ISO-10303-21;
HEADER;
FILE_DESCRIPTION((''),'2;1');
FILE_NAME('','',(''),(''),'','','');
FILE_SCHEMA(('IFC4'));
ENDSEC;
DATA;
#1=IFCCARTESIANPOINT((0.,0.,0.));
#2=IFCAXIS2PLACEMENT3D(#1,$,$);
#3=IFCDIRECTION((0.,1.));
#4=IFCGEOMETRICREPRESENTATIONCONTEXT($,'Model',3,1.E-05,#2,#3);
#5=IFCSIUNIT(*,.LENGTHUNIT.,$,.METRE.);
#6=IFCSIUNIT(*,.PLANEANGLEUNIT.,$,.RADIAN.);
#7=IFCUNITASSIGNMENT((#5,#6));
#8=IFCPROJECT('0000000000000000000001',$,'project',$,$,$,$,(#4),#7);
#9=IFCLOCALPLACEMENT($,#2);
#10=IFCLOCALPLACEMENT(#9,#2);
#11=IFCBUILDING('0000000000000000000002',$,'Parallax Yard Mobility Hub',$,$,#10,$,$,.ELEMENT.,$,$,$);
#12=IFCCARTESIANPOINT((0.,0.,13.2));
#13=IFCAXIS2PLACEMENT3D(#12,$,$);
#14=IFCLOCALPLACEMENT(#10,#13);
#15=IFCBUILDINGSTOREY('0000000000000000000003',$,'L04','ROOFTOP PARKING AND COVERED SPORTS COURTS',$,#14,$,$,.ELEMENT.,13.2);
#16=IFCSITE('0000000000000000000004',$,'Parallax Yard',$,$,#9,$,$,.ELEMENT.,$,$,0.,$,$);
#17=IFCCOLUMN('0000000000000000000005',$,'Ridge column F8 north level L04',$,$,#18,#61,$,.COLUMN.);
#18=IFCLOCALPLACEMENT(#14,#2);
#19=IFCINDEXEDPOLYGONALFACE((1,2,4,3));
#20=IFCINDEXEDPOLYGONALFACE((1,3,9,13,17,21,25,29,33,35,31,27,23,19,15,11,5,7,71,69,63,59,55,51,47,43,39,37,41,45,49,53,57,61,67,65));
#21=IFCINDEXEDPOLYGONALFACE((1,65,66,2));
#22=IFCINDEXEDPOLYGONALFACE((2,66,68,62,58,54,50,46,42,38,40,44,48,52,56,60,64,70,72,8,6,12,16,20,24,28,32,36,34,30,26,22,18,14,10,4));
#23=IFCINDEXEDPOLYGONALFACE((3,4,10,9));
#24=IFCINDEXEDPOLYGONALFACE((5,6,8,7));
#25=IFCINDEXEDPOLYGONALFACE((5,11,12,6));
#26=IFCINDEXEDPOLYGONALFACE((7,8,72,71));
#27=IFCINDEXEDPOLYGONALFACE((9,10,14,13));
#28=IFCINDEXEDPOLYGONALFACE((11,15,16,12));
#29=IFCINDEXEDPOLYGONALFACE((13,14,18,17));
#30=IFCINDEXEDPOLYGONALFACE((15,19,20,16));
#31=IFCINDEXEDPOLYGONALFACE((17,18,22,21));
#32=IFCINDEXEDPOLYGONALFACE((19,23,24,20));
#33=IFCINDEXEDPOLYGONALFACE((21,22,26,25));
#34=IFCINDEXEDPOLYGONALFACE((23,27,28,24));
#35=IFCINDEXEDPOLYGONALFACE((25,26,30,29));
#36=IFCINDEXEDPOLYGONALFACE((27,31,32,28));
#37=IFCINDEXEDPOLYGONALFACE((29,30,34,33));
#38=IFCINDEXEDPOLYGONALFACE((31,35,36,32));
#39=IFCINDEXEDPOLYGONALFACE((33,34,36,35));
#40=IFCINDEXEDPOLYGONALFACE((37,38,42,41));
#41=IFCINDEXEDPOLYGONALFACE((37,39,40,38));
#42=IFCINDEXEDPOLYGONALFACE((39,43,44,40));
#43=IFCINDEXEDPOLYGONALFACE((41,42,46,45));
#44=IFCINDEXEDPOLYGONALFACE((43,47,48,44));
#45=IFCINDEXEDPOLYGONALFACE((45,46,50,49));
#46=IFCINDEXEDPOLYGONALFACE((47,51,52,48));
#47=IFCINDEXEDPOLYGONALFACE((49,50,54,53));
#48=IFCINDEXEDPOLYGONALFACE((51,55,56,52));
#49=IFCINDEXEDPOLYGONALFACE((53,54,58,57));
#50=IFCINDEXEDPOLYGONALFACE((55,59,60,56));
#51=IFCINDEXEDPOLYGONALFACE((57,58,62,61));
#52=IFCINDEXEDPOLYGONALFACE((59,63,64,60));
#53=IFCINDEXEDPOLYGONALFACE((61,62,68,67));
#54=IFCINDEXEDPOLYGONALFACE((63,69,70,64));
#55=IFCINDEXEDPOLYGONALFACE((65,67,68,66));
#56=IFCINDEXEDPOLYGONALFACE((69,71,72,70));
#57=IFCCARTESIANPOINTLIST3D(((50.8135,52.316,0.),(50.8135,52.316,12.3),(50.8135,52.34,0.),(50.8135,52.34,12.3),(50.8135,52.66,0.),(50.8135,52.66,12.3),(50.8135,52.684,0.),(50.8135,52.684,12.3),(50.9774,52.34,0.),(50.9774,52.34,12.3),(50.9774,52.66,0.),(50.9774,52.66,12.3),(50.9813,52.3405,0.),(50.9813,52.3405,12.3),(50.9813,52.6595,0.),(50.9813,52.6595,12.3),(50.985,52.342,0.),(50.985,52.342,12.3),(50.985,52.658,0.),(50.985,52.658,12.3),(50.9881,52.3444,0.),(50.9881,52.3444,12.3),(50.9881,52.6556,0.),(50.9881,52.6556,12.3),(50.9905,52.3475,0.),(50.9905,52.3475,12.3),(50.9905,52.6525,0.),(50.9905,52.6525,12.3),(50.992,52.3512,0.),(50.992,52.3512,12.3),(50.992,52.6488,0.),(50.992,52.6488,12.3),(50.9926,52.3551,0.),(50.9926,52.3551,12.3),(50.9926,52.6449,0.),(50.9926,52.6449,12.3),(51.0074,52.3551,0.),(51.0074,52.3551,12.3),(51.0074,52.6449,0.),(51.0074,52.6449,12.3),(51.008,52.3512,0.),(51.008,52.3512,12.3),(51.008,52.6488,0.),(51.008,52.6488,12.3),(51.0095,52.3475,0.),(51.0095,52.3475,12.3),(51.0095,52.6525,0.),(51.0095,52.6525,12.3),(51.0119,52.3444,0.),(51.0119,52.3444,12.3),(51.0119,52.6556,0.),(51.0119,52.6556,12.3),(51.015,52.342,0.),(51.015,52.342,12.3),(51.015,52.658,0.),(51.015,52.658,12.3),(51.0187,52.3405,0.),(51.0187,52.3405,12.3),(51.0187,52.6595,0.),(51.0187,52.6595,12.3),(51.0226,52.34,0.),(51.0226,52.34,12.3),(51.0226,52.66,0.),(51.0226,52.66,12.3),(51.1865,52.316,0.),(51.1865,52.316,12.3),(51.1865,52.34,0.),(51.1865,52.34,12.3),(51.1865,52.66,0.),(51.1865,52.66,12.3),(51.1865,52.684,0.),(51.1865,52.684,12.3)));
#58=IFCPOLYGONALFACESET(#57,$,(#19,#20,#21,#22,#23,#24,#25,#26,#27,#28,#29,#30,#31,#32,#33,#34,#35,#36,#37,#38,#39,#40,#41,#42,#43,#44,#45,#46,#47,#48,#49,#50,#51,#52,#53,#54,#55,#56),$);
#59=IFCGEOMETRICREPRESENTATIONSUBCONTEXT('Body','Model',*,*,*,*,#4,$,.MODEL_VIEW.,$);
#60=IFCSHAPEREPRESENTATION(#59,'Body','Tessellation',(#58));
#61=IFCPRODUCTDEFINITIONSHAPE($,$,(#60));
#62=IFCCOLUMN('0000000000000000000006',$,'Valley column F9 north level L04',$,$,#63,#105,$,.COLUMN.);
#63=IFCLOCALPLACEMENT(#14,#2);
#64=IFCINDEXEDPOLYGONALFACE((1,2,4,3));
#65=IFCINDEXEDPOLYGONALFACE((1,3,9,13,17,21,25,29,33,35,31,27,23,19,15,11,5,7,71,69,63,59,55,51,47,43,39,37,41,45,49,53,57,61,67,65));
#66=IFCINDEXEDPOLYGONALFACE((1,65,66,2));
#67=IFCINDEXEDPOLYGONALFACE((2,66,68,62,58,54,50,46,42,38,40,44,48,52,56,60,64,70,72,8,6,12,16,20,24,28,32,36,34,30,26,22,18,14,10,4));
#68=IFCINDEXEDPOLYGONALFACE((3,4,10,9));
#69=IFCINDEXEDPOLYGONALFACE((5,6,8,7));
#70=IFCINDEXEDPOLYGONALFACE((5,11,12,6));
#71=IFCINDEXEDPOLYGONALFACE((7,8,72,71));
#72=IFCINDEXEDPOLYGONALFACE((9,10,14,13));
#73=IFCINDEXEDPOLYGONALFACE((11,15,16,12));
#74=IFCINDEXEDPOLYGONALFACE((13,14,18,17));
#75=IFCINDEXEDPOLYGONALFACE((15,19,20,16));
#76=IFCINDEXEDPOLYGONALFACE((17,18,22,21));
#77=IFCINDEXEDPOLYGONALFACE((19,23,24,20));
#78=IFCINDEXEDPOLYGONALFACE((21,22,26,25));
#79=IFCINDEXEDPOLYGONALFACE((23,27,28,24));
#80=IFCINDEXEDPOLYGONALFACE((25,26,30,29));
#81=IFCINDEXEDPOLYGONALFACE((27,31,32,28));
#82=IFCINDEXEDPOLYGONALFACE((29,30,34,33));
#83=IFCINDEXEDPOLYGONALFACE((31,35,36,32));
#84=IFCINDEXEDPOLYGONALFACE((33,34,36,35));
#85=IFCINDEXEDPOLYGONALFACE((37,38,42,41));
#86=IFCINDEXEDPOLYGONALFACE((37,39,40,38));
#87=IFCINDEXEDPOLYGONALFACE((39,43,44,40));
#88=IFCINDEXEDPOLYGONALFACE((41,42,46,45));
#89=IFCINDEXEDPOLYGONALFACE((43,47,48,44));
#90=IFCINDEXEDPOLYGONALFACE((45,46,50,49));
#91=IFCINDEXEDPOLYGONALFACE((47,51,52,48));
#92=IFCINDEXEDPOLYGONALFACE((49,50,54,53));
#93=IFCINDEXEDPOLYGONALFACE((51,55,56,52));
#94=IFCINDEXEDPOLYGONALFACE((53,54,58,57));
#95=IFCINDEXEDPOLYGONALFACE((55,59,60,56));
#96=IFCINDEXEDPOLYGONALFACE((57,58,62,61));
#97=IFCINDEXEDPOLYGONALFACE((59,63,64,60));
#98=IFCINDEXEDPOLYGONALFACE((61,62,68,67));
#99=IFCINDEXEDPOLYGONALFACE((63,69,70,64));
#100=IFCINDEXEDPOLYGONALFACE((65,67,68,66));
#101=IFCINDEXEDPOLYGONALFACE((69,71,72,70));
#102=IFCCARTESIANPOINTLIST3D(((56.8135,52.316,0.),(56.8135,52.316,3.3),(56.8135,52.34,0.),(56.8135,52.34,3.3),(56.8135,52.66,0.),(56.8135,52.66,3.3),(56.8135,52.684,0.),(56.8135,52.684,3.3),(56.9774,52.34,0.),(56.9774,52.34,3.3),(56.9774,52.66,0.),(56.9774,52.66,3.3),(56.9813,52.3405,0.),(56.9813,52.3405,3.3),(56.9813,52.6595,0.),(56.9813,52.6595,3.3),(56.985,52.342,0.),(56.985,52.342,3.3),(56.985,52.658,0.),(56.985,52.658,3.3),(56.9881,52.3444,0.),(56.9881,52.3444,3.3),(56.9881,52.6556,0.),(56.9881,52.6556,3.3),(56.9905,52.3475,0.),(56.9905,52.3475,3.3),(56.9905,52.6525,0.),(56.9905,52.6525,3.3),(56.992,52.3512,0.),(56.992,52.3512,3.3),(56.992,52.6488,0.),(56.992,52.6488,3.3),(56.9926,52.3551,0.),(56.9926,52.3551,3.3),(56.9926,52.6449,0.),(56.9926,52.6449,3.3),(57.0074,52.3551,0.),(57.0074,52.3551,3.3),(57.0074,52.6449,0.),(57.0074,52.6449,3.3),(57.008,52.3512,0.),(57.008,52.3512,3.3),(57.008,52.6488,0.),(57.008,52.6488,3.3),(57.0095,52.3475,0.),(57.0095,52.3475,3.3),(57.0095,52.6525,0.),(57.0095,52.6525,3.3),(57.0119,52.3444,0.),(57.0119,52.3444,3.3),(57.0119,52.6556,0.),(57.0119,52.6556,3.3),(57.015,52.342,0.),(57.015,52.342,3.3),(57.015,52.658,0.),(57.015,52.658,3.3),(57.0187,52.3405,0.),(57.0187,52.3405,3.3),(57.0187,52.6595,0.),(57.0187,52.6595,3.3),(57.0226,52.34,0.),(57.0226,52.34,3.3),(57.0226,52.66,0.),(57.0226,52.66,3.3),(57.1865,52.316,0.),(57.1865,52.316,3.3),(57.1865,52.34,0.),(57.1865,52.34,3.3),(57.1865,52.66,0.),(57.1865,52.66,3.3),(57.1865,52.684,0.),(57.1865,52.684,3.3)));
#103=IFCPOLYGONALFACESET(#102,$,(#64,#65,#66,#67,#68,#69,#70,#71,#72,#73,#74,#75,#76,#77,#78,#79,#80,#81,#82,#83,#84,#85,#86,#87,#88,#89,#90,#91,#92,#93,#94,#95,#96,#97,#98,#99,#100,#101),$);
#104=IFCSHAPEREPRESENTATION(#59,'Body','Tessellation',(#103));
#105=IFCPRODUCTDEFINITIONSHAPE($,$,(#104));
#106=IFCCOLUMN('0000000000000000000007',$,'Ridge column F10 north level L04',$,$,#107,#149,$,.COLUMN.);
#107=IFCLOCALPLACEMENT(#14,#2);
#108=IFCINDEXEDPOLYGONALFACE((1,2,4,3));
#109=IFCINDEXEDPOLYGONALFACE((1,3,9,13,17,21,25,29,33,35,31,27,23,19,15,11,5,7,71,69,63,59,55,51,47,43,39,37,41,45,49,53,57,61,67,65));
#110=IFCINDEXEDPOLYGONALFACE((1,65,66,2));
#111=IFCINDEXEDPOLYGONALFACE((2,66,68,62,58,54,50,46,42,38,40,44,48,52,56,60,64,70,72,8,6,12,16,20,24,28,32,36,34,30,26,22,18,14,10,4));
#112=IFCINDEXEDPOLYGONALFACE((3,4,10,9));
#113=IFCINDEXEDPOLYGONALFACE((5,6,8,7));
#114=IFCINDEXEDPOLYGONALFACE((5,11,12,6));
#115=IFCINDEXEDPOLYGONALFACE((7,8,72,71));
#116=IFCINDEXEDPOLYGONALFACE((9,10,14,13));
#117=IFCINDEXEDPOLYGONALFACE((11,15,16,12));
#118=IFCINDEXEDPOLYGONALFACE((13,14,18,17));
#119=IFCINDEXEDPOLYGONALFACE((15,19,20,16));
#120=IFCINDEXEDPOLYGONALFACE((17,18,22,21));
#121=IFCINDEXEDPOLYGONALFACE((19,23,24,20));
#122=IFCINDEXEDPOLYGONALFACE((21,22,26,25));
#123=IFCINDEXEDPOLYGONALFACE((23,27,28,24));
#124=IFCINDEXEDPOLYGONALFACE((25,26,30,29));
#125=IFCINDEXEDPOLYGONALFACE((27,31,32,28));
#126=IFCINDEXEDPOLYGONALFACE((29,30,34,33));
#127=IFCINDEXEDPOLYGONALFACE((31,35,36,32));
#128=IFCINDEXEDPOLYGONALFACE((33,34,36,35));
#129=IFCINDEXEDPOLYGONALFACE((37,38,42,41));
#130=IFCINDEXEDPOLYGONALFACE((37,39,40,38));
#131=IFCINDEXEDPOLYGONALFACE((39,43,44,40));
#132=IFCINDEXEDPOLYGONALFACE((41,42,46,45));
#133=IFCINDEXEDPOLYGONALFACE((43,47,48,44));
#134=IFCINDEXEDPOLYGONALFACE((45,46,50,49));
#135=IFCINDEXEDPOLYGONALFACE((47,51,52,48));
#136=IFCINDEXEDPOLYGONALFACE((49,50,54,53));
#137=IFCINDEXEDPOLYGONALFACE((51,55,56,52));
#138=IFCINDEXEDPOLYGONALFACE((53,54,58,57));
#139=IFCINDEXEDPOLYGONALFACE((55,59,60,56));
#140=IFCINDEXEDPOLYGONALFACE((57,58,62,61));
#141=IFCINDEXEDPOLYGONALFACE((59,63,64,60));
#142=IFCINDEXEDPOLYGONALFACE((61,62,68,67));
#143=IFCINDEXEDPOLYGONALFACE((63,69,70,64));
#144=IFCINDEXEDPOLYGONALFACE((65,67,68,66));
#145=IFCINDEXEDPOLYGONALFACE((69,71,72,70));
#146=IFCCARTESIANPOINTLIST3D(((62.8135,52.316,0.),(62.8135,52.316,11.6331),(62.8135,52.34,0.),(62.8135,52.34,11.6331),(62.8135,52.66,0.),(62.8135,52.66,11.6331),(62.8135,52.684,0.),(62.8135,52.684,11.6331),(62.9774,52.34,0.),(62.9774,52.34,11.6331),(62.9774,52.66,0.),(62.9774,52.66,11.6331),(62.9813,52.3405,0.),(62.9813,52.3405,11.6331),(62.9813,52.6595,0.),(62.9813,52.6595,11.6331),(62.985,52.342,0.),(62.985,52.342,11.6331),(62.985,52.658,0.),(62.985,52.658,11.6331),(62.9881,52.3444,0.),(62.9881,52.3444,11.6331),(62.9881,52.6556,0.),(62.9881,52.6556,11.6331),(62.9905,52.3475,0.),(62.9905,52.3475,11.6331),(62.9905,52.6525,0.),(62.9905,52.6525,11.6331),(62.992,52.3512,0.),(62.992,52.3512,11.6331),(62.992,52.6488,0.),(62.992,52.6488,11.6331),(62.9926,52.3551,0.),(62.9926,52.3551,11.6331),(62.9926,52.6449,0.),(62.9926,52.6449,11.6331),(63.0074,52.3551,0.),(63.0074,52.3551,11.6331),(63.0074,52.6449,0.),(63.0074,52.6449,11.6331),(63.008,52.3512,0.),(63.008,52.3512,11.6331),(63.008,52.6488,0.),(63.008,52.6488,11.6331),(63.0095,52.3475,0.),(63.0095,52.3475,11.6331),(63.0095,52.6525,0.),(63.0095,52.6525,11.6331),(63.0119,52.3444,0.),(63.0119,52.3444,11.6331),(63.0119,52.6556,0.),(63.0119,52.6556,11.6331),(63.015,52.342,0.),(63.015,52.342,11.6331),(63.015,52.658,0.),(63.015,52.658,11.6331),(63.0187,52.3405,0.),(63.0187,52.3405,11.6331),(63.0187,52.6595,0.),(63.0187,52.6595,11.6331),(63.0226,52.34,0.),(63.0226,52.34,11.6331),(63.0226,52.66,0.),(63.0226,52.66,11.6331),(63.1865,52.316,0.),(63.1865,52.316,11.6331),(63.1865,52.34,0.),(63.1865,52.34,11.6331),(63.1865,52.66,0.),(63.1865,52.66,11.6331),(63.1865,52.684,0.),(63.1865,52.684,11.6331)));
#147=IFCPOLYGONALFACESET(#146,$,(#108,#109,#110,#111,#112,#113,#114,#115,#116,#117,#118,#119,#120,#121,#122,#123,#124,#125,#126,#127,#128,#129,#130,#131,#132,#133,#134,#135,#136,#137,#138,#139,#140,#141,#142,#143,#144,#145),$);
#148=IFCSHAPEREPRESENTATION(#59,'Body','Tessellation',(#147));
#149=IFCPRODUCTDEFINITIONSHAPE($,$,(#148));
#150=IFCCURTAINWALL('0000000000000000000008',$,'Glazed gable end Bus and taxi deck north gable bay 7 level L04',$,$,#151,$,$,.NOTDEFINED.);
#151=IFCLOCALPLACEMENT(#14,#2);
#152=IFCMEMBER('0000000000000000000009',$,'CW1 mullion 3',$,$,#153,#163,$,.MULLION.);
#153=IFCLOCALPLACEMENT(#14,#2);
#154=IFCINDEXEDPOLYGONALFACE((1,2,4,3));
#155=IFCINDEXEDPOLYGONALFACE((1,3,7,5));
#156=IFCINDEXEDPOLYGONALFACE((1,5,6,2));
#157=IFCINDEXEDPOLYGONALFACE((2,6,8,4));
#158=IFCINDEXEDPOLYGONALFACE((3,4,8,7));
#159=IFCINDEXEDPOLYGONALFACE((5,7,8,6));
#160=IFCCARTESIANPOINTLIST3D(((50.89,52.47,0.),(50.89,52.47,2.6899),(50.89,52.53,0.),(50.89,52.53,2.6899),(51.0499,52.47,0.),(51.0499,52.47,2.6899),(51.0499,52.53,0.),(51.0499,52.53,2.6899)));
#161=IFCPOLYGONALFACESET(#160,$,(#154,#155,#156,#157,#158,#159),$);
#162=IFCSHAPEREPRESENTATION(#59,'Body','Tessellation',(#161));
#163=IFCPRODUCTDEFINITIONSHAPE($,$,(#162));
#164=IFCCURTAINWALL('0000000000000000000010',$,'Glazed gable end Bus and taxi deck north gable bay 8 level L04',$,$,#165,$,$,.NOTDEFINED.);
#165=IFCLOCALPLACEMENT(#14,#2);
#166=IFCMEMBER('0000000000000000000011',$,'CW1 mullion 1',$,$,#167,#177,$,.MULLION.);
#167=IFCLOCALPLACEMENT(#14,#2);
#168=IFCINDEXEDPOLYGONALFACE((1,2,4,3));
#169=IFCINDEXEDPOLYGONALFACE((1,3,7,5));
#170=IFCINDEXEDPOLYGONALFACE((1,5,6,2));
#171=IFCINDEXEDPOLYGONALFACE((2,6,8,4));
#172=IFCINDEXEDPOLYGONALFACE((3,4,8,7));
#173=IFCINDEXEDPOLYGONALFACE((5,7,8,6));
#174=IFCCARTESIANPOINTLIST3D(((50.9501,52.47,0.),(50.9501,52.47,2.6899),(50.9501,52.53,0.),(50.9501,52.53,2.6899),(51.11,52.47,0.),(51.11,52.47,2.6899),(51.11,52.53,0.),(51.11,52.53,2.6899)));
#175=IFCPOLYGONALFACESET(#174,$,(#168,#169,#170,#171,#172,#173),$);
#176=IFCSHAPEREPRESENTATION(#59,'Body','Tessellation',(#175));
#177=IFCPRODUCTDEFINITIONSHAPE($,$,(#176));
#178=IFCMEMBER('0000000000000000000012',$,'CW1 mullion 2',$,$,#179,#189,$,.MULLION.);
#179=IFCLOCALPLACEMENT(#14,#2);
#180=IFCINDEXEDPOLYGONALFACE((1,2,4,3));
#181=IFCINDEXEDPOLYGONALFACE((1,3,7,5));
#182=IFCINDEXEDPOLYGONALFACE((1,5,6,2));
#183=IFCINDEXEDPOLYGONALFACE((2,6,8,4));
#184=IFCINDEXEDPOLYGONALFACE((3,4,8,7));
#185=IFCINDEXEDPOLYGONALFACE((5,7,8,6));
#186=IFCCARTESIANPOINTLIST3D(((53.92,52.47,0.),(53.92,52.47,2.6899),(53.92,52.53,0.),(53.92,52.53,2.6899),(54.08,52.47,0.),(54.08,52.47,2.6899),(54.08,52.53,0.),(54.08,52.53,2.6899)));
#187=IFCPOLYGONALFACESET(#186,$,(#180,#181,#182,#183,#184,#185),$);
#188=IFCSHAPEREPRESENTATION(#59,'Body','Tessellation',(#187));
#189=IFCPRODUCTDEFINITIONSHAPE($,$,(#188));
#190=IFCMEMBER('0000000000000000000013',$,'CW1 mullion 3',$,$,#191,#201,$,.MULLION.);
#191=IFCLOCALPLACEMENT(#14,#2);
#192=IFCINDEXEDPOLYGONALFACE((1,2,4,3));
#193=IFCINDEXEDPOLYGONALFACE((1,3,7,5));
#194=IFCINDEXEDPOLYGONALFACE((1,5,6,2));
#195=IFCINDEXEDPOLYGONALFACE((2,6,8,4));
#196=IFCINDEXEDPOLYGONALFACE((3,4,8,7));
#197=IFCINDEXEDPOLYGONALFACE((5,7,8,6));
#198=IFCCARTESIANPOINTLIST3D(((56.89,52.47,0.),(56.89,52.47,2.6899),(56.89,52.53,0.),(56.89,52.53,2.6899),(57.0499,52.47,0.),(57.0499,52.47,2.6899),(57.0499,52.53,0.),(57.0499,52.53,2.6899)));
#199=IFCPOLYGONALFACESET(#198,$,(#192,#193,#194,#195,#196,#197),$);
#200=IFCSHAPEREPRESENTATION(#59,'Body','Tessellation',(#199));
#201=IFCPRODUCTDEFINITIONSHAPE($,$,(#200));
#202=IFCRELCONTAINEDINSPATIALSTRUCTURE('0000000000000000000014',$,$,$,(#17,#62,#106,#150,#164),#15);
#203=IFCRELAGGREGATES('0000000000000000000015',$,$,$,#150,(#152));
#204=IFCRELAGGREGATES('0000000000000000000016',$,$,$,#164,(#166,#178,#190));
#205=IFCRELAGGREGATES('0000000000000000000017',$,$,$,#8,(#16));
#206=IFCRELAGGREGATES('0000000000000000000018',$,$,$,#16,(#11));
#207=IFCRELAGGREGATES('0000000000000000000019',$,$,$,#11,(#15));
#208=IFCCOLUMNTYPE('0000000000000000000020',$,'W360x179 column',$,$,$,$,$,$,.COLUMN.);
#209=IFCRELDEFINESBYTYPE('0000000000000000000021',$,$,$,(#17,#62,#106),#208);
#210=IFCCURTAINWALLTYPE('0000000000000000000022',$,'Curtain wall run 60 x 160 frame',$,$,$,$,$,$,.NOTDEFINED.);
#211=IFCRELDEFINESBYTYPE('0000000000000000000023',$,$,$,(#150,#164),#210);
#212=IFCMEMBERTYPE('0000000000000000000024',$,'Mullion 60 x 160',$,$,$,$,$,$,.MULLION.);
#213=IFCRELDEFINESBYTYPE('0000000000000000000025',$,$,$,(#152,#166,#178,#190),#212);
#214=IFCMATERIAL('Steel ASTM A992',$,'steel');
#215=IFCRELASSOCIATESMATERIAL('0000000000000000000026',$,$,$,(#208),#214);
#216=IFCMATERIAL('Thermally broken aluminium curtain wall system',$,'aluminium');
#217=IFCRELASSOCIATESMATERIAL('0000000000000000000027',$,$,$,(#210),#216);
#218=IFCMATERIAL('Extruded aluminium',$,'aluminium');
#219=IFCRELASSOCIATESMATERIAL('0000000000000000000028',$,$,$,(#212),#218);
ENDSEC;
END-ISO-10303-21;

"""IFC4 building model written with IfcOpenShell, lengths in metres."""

from ifc_helpers import new_model, si_unit, direction, frame, origin, origin_2d, place, context, subcontext, project, spatial, rectangle, i_section, extrude, material, material_profile, profile_set, type_object, element, aggregate, save


model = new_model("IFC4")

# Units and contexts
model_context = context("Model", 3, precision=1e-05, world=origin(), true_north=direction((0.0, 1.0)))
body_context = subcontext(model_context, "Body", "Model", "MODEL_VIEW")
ifc_project = project(units=[si_unit("LENGTHUNIT", "METRE"), si_unit("PLANEANGLEUNIT", "RADIAN")], contexts=[model_context])

# Site, building, storey
site_placement = place(None, origin())
site = spatial("IfcSite", under=ifc_project, at=site_placement, Name="Parallax Yard", CompositionType="ELEMENT", RefElevation=0.0)
building_placement = place(site_placement, origin())
building = spatial("IfcBuilding", under=site, at=building_placement, Name="Parallax Yard Mobility Hub", CompositionType="ELEMENT")
storey_placement = place(building_placement, frame((0.0, 0.0, 13.2)))
storey = spatial("IfcBuildingStorey", under=building, at=storey_placement, Name="L04", Description="ROOFTOP PARKING AND COVERED SPORTS COURTS", CompositionType="ELEMENT", Elevation=13.2)

# Columns
ifc_material_1 = material(Name="Steel ASTM A992", Category="steel")
ifc_material_profile_1 = material_profile(ifc_material_1, i_section(OverallWidth=0.373, OverallDepth=0.3679, WebThickness=0.0149, FlangeThickness=0.0239, FilletRadius=0.0151, at=origin_2d()), Name="W360x179")
ifc_profile_set_1 = profile_set([ifc_material_profile_1], Name="Steel ASTM A992")
column_type = type_object("IfcColumnType", Name="W360x179 column", PredefinedType="COLUMN", material=ifc_profile_set_1)
column_1_placement = place(storey_placement, frame((51.0, 52.5, 0.0), z_axis=(0.0, 0.0, 1.0), x_axis=(1.0, 0.0, 0.0)))
element("IfcColumn", 1, at=column_1_placement, inside=storey, type_object=column_type, Name="Ridge column F8 north level L04", PredefinedType="COLUMN", context=body_context, shape_type="SweptSolid", body=[
    extrude(i_section(OverallWidth=0.373, OverallDepth=0.3679, WebThickness=0.0149, FlangeThickness=0.0239, FilletRadius=0.0151, at=origin_2d()), origin(), (0.0, 0.0, 1.0), 12.3),
])
column_2_placement = place(storey_placement, frame((57.0, 52.5, 0.0), z_axis=(0.0, 0.0, 1.0), x_axis=(1.0, 0.0, 0.0)))
element("IfcColumn", 2, at=column_2_placement, inside=storey, type_object=column_type, Name="Valley column F9 north level L04", PredefinedType="COLUMN", context=body_context, shape_type="SweptSolid", body=[
    extrude(i_section(OverallWidth=0.373, OverallDepth=0.3679, WebThickness=0.0149, FlangeThickness=0.0239, FilletRadius=0.0151, at=origin_2d()), origin(), (0.0, 0.0, 1.0), 3.3),
])
column_3_placement = place(storey_placement, frame((63.0, 52.5, 0.0), z_axis=(0.0, 0.0, 1.0), x_axis=(1.0, 0.0, 0.0)))
element("IfcColumn", 3, at=column_3_placement, inside=storey, type_object=column_type, Name="Ridge column F10 north level L04", PredefinedType="COLUMN", context=body_context, shape_type="SweptSolid", body=[
    extrude(i_section(OverallWidth=0.373, OverallDepth=0.3679, WebThickness=0.0149, FlangeThickness=0.0239, FilletRadius=0.0151, at=origin_2d()), origin(), (0.0, 0.0, 1.0), 11.6331),
])

# Curtain wall, member
ifc_material_2 = material(Name="Thermally broken aluminium curtain wall system", Category="aluminium")
curtain_wall_type = type_object("IfcCurtainWallType", Name="Curtain wall run 60 x 160 frame", PredefinedType="NOTDEFINED", material=ifc_material_2)
curtain_wall_1_placement = place(storey_placement, origin())
curtain_wall_1 = element("IfcCurtainWall", 4, at=curtain_wall_1_placement, inside=storey, type_object=curtain_wall_type, Name="Glazed gable end Bus and taxi deck north gable bay 7 level L04", PredefinedType="NOTDEFINED")
ifc_material_3 = material(Name="Extruded aluminium", Category="aluminium")
ifc_material_profile_2 = material_profile(ifc_material_3, rectangle(XDim=0.0601, YDim=0.1599, at=origin_2d()), Name="Mullion 60 x 160")
ifc_profile_set_2 = profile_set([ifc_material_profile_2], Name="Extruded aluminium")
member_type_1 = type_object("IfcMemberType", Name="Mullion 60 x 160", PredefinedType="MULLION", material=ifc_profile_set_2)
member_1_placement = place(storey_placement, frame((50.97, 52.5, 0.0), z_axis=(0.0, 0.0, 1.0), x_axis=(0.0, 1.0, 0.0)))
member_1 = element("IfcMember", 5, at=member_1_placement, type_object=member_type_1, Name="CW1 mullion 3", PredefinedType="MULLION", context=body_context, shape_type="SweptSolid", body=[
    extrude(rectangle(XDim=0.0601, YDim=0.1599, at=origin_2d()), origin(), (0.0, 0.0, 1.0), 2.6899),
])
aggregate(curtain_wall_1, [member_1])

# Curtain wall, members
curtain_wall_2_placement = place(storey_placement, origin())
curtain_wall_2 = element("IfcCurtainWall", 6, at=curtain_wall_2_placement, inside=storey, type_object=curtain_wall_type, Name="Glazed gable end Bus and taxi deck north gable bay 8 level L04", PredefinedType="NOTDEFINED")
member_2_placement = place(storey_placement, frame((51.03, 52.5, 0.0), z_axis=(0.0, 0.0, 1.0), x_axis=(0.0, 1.0, 0.0)))
member_2 = element("IfcMember", 7, at=member_2_placement, type_object=member_type_1, Name="CW1 mullion 1", PredefinedType="MULLION", context=body_context, shape_type="SweptSolid", body=[
    extrude(rectangle(XDim=0.0601, YDim=0.1599, at=origin_2d()), origin(), (0.0, 0.0, 1.0), 2.6899),
])
member_3_placement = place(storey_placement, frame((54.0, 52.5, 0.0), z_axis=(0.0, 0.0, 1.0), x_axis=(0.0, 1.0, 0.0)))
member_3 = element("IfcMember", 8, at=member_3_placement, type_object=member_type_1, Name="CW1 mullion 2", PredefinedType="MULLION", context=body_context, shape_type="SweptSolid", body=[
    extrude(rectangle(XDim=0.0601, YDim=0.1599, at=origin_2d()), origin(), (0.0, 0.0, 1.0), 2.6899),
])
member_4_placement = place(storey_placement, frame((56.97, 52.5, 0.0), z_axis=(0.0, 0.0, 1.0), x_axis=(0.0, 1.0, 0.0)))
member_4 = element("IfcMember", 9, at=member_4_placement, type_object=member_type_1, Name="CW1 mullion 3", PredefinedType="MULLION", context=body_context, shape_type="SweptSolid", body=[
    extrude(rectangle(XDim=0.0601, YDim=0.1599, at=origin_2d()), origin(), (0.0, 0.0, 1.0), 2.6899),
])

aggregate(curtain_wall_2, [member_2, member_3, member_4])

save(model, "model.ifc")
